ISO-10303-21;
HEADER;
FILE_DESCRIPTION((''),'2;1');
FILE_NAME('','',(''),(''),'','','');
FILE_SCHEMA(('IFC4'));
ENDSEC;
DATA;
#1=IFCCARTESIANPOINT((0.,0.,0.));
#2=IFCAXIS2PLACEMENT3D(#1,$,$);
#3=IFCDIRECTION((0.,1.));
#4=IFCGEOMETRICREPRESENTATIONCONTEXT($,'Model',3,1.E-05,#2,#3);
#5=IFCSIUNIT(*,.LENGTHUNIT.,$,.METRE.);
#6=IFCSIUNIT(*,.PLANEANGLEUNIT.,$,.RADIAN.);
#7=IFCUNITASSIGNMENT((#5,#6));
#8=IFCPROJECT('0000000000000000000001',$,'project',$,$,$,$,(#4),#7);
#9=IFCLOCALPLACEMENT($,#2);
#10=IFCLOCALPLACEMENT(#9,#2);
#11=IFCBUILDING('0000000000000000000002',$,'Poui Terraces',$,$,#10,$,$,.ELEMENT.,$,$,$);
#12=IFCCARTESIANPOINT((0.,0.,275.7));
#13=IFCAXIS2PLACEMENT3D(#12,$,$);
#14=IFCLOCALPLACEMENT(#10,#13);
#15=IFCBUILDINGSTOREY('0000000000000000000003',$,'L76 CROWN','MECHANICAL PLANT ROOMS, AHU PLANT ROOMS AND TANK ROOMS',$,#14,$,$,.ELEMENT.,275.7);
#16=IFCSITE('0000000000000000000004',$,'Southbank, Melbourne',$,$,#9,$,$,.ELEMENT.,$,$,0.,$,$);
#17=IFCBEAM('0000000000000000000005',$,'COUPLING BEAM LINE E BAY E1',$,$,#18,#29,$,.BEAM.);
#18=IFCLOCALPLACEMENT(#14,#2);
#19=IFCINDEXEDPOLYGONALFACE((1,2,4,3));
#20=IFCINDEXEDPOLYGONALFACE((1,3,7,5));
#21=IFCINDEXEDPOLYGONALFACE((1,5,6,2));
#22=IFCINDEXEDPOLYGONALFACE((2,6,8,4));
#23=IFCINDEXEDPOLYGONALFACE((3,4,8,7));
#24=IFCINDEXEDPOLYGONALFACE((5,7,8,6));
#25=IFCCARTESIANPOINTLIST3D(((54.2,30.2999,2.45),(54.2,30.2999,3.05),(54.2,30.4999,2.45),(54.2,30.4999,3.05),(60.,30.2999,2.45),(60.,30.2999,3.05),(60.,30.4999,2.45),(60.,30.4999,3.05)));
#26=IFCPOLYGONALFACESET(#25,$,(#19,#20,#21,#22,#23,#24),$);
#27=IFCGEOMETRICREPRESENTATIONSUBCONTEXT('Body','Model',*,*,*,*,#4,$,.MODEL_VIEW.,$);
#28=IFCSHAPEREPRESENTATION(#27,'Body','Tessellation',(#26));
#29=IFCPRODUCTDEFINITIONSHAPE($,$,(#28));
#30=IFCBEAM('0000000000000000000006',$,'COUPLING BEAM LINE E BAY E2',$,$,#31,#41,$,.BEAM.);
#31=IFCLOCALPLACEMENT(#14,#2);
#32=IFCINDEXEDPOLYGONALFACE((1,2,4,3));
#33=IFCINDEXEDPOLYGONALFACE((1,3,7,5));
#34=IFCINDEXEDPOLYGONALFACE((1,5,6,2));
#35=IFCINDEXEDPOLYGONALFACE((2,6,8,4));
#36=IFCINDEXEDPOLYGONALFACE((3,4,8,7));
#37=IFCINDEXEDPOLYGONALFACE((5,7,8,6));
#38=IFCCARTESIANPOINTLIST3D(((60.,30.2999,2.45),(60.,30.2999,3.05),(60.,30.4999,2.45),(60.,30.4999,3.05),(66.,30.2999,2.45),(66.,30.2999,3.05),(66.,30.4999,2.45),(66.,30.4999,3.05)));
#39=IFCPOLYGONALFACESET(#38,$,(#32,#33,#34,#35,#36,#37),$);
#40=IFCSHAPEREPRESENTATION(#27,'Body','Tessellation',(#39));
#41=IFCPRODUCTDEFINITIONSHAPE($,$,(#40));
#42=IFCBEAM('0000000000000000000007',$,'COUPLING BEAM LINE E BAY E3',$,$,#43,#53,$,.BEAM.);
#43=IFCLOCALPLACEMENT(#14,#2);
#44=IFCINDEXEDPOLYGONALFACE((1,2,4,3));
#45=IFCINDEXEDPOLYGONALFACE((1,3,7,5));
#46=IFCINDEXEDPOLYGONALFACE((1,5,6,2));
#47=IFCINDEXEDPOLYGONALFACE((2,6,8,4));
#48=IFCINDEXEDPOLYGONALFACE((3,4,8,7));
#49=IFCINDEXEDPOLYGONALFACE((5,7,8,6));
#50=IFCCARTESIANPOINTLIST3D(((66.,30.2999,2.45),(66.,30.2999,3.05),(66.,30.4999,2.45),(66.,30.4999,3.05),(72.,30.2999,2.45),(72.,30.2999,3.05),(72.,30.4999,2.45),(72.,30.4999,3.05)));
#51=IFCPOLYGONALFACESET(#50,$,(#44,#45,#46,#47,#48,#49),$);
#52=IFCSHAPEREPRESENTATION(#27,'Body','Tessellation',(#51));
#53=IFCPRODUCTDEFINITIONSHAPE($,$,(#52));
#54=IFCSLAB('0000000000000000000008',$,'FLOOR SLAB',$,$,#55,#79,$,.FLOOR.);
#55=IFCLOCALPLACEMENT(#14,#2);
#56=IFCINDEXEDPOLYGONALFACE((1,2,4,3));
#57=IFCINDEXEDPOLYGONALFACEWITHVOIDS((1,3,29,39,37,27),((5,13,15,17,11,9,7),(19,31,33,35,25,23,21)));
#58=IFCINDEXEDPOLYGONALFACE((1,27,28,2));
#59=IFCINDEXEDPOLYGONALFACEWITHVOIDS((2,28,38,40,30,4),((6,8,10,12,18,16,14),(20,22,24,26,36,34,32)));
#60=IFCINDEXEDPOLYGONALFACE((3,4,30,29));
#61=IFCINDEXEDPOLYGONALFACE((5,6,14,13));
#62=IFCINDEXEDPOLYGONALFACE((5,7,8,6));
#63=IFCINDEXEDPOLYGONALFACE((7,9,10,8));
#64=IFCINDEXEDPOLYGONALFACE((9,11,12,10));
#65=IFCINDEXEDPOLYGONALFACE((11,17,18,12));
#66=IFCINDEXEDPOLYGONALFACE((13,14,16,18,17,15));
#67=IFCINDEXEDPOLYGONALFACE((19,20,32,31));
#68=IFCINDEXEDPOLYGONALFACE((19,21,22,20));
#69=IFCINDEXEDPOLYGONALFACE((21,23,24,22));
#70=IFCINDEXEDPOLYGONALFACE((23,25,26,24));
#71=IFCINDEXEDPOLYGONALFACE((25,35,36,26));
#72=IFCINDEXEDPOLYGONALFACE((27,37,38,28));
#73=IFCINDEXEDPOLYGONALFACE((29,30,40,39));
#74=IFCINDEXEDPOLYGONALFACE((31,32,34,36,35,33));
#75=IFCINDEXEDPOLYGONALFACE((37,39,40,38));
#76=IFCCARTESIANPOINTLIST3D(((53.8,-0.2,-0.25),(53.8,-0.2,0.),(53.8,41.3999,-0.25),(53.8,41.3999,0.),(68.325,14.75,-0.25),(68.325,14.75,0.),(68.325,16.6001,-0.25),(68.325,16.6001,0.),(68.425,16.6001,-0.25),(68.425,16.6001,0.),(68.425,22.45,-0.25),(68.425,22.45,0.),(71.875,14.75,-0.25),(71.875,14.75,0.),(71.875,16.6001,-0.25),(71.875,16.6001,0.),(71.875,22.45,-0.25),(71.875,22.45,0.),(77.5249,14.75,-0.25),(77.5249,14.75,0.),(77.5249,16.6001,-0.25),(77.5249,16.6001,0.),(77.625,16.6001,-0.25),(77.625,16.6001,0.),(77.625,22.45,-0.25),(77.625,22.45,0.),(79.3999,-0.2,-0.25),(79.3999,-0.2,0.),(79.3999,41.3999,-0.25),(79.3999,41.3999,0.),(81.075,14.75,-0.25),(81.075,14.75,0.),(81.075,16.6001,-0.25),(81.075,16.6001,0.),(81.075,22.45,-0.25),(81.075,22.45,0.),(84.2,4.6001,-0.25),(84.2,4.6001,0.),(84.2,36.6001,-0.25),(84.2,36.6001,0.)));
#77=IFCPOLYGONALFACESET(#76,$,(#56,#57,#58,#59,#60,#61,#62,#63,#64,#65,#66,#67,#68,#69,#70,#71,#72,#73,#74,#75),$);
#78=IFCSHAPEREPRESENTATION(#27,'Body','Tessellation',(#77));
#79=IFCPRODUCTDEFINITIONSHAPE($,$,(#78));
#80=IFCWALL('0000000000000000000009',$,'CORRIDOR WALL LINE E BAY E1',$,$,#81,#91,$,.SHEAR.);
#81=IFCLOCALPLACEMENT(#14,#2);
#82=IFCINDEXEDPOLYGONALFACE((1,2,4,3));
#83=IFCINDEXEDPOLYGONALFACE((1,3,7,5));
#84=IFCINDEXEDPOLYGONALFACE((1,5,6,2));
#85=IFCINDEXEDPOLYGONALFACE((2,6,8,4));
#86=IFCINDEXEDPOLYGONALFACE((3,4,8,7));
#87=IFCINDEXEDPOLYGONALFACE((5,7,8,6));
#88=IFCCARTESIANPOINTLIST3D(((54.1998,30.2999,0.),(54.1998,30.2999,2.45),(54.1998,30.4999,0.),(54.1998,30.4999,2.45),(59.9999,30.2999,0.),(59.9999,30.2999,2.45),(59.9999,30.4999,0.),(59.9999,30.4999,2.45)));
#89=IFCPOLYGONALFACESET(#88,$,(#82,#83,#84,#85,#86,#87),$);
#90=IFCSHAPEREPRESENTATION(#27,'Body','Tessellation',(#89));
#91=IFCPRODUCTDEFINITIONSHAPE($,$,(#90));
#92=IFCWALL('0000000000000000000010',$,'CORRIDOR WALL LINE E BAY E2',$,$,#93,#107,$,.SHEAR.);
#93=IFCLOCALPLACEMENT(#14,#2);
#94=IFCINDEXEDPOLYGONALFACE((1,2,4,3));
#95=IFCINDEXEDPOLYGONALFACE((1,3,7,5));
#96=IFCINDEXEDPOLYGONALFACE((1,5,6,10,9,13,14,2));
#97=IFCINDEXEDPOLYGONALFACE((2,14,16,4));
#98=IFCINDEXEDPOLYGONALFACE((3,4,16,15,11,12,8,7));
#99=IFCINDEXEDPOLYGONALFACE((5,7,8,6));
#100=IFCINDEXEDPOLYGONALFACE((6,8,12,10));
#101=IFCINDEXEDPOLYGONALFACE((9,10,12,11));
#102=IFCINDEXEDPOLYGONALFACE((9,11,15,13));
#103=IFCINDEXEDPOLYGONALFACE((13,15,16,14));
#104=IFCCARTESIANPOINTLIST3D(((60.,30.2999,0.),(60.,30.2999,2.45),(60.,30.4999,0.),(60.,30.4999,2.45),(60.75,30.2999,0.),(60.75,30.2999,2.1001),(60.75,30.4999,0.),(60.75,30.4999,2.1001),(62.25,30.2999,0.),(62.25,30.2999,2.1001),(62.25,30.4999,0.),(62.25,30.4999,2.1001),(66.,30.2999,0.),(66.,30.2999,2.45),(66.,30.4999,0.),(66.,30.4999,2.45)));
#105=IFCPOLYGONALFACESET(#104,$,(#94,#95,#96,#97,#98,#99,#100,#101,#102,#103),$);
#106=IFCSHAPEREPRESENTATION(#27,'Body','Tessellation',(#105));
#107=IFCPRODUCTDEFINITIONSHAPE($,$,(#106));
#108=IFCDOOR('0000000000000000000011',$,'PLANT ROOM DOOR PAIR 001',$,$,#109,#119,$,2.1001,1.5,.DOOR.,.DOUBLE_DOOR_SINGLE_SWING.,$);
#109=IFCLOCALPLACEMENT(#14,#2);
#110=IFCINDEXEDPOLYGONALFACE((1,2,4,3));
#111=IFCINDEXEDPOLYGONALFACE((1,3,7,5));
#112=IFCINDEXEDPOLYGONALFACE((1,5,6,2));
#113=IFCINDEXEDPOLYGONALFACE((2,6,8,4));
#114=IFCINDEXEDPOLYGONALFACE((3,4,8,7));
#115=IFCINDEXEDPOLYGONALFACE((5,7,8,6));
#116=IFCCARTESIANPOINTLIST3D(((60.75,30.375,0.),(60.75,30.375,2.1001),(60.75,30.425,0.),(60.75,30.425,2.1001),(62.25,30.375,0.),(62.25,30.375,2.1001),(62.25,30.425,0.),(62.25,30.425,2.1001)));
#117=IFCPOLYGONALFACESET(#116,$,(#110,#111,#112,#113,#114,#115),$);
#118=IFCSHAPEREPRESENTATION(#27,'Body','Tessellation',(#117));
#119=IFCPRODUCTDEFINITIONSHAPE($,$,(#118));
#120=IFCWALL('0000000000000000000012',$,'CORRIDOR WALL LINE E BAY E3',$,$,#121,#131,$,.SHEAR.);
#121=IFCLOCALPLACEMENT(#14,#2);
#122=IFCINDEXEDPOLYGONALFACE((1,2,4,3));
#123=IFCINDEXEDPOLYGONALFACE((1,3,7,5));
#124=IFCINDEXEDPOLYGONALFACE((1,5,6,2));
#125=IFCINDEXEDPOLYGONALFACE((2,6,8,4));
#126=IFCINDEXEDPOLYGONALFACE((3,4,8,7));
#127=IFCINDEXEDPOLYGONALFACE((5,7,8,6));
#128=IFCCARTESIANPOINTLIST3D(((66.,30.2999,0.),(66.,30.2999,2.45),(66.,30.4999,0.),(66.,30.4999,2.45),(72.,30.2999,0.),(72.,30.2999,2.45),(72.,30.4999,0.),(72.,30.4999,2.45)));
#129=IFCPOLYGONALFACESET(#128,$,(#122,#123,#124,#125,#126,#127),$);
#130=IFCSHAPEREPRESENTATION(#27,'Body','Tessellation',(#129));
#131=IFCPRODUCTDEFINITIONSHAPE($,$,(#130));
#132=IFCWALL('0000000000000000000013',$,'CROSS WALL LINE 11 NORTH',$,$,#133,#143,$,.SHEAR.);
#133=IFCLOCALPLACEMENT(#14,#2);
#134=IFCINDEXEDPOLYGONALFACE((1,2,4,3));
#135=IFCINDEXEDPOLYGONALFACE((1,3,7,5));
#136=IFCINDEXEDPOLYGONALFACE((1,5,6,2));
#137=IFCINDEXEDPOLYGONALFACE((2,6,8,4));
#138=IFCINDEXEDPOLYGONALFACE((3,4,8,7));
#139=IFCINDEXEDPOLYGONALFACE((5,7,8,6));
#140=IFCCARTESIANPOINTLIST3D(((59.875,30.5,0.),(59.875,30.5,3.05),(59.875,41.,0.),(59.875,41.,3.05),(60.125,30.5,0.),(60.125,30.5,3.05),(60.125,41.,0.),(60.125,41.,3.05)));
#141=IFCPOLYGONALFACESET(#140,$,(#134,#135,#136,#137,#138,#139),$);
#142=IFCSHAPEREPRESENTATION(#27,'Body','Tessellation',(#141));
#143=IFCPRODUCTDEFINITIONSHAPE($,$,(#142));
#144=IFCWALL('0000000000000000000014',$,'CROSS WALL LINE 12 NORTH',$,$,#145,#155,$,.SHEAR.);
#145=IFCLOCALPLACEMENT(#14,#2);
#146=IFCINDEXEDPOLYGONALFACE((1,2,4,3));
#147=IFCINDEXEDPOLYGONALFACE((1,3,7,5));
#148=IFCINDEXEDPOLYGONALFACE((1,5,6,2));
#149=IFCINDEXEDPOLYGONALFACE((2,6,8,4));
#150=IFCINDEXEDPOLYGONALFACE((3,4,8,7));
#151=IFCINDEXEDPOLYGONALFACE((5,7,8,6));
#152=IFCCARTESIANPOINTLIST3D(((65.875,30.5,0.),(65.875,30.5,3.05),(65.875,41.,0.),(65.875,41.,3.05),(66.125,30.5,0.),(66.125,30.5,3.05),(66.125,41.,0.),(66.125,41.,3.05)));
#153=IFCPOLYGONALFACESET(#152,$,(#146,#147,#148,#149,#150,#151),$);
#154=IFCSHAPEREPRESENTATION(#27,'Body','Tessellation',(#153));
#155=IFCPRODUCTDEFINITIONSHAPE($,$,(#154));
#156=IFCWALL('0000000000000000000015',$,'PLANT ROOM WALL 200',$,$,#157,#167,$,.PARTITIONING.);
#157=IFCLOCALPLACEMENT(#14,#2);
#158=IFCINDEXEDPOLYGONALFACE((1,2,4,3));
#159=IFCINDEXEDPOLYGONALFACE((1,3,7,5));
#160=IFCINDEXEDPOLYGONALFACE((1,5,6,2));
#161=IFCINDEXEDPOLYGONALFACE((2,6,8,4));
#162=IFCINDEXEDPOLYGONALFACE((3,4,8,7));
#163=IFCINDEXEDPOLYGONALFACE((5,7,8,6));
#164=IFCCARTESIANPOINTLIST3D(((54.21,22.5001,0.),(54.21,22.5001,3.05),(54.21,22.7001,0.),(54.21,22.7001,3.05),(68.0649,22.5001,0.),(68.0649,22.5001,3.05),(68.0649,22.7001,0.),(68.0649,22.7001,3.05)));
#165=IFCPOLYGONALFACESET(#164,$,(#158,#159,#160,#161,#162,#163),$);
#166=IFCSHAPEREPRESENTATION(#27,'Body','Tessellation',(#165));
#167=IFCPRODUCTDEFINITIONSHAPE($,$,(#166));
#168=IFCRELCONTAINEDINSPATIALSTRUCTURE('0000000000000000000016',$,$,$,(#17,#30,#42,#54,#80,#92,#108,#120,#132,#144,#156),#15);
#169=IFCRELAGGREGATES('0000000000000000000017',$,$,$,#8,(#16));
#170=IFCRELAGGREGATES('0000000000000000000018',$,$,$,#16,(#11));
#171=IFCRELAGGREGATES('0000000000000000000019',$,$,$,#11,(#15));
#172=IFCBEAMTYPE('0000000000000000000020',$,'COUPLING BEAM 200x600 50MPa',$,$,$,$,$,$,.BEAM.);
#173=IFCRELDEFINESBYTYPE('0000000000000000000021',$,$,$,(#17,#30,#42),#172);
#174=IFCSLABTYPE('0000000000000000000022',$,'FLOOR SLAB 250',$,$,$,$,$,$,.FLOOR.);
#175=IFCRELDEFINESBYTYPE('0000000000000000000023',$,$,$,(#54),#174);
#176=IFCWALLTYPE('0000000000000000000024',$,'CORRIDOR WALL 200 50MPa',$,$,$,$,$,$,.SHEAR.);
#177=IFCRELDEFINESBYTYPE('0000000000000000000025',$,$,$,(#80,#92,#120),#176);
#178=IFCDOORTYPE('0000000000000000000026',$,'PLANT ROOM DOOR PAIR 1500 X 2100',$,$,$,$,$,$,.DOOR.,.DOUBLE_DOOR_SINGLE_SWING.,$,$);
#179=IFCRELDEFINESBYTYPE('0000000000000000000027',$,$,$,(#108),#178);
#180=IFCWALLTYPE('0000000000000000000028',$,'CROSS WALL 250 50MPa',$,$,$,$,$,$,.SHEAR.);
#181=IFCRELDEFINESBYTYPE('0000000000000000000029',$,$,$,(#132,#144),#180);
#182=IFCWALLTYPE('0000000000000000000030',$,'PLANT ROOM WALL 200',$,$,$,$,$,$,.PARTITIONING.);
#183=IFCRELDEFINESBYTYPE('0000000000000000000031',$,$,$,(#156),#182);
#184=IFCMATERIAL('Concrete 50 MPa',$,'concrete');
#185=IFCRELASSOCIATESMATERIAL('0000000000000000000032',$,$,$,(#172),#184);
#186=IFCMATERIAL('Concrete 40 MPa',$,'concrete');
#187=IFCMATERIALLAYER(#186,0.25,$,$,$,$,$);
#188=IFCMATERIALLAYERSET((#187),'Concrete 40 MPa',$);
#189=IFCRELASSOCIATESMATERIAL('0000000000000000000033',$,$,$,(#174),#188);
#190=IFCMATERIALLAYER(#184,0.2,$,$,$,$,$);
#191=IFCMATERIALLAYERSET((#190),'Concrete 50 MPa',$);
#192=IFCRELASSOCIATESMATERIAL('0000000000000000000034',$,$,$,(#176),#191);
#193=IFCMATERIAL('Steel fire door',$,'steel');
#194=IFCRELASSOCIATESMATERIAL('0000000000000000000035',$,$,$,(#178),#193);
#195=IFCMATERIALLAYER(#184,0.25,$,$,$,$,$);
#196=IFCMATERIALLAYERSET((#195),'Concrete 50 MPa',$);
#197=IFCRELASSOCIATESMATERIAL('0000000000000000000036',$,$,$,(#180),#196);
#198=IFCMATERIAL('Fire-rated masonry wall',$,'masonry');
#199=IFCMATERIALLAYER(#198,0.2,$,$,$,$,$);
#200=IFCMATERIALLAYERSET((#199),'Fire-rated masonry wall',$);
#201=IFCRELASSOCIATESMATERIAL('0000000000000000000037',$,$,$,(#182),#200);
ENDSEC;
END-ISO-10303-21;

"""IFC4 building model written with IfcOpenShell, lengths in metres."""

from ifc_helpers import new_model, si_unit, direction, frame, frame_2d, origin, origin_2d, place, context, subcontext, project, spatial, polyline, rectangle, outline, extrude, source, transform, mapped, material, layer, layer_set, material_profile, profile_set, type_object, element, fill, save


model = new_model("IFC4")

# Units and contexts
model_context = context("Model", 3, precision=1e-05, world=origin(), true_north=direction((0.0, 1.0)))
body_context = subcontext(model_context, "Body", "Model", "MODEL_VIEW")
ifc_project = project(units=[si_unit("LENGTHUNIT", "METRE"), si_unit("PLANEANGLEUNIT", "RADIAN")], contexts=[model_context])

# Site, building, storey
site_placement = place(None, origin())
site = spatial("IfcSite", under=ifc_project, at=site_placement, Name="Southbank, Melbourne", CompositionType="ELEMENT", RefElevation=0.0)
building_placement = place(site_placement, origin())
building = spatial("IfcBuilding", under=site, at=building_placement, Name="Poui Terraces", CompositionType="ELEMENT")
storey_placement = place(building_placement, frame((0.0, 0.0, 275.7)))
storey = spatial("IfcBuildingStorey", under=building, at=storey_placement, Name="L76 CROWN", Description="MECHANICAL PLANT ROOMS, AHU PLANT ROOMS AND TANK ROOMS", CompositionType="ELEMENT", Elevation=275.7)

# Beams
ifc_material_1 = material(Name="Concrete 50 MPa", Category="concrete")
ifc_material_profile_1 = material_profile(ifc_material_1, rectangle(XDim=0.2, YDim=0.6001, at=origin_2d()), Name="RC 200x600")
ifc_profile_set_1 = profile_set([ifc_material_profile_1], Name="Concrete 50 MPa")
beam_type = type_object("IfcBeamType", Name="COUPLING BEAM 200x600 50MPa", PredefinedType="BEAM", material=ifc_profile_set_1)
shared_shape_1 = source(origin(), body_context, "Body", "SweptSolid", [
    extrude(rectangle(XDim=0.2, YDim=0.6001, at=origin_2d()), origin(), (0.0, 0.0, 1.0), 5.8),
])
beam_placement = place(storey_placement, frame((54.2, 30.3999, 2.75), z_axis=(1.0, 0.0, 0.0), x_axis=(0.0, 1.0, 0.0)))
element("IfcBeam", 1, at=beam_placement, inside=storey, type_object=beam_type, Name="COUPLING BEAM LINE E BAY E1", PredefinedType="BEAM", context=body_context, shape_type="MappedRepresentation", body=[
    mapped(shared_shape_1, transform((0.0, 0.0, 0.0))),
])
shared_shape_2 = source(origin(), body_context, "Body", "SweptSolid", [
    extrude(rectangle(XDim=0.2, YDim=0.6001, at=origin_2d()), origin(), (0.0, 0.0, 1.0), 6.0),
])
for number, where, z_axis, x_axis, name in (
    (2, (60.0, 30.3999, 2.75), (1.0, 0.0, 0.0), (0.0, 1.0, 0.0), "COUPLING BEAM LINE E BAY E2"),
    (3, (66.0, 30.3999, 2.75), (1.0, 0.0, 0.0), (0.0, 1.0, 0.0), "COUPLING BEAM LINE E BAY E3"),
):
    element("IfcBeam", number, at=place(storey_placement, frame(where, z_axis=z_axis, x_axis=x_axis)), inside=storey, type_object=beam_type, Name=name, PredefinedType="BEAM", context=body_context, shape_type="MappedRepresentation", body=[
        mapped(shared_shape_2, transform((0.0, 0.0, 0.0))),
    ])

# Slab
ifc_material_2 = material(Name="Concrete 40 MPa", Category="concrete")
ifc_layer_1 = layer(ifc_material_2, 0.25)
ifc_layer_set_1 = layer_set([ifc_layer_1], Name="Concrete 40 MPa")
slab_type = type_object("IfcSlabType", Name="FLOOR SLAB 250", PredefinedType="FLOOR", material=ifc_layer_set_1)
shared_shape_3 = source(origin(), body_context, "Body", "SweptSolid", [
    extrude(outline(polyline([(0.0, 0.0), (0.0, -41.5999), (25.5999, -41.5999), (30.3999, -36.7998), (30.3999, -4.7998), (25.5999, 0.0), (0.0, 0.0)]), holes=[polyline([(14.5249, -24.7998), (14.625, -24.7998), (14.625, -18.95), (18.075, -18.95), (18.075, -24.7998), (18.075, -26.6499), (14.5249, -26.6499), (14.5249, -24.7998)]), polyline([(23.825, -24.7998), (23.825, -18.95), (27.2749, -18.95), (27.2749, -24.7998), (27.2749, -26.6499), (23.7249, -26.6499), (23.7249, -24.7998), (23.825, -24.7998)])]), origin(), (0.0, 0.0, 1.0), 0.25),
])
slab_placement = place(storey_placement, frame((53.8, 41.3999, -0.25)))
element("IfcSlab", 4, at=slab_placement, inside=storey, type_object=slab_type, Name="FLOOR SLAB", PredefinedType="FLOOR", context=body_context, shape_type="MappedRepresentation", body=[
    mapped(shared_shape_3, transform((0.0, 0.0, 0.0))),
])

# Wall
ifc_layer_2 = layer(ifc_material_1, 0.2)
ifc_layer_set_2 = layer_set([ifc_layer_2], Name="Concrete 50 MPa")
wall_type_1 = type_object("IfcWallType", Name="CORRIDOR WALL 200 50MPa", PredefinedType="SHEAR", material=ifc_layer_set_2)
wall_1_placement = place(storey_placement, frame((54.2, 30.3999, 0.0), z_axis=(0.0, 0.0, 1.0), x_axis=(1.0, 0.0, 0.0)))
element("IfcWall", 5, at=wall_1_placement, inside=storey, type_object=wall_type_1, Name="CORRIDOR WALL LINE E BAY E1", PredefinedType="SHEAR", context=body_context, shape_type="SweptSolid", body=[
    extrude(rectangle(XDim=5.8, YDim=0.2, at=frame_2d((2.8999, 0.0))), origin(), (0.0, 0.0, 1.0), 2.45),
])

# Wall, opening, door
wall_2_placement = place(storey_placement, frame((60.0, 30.3999, 0.0), z_axis=(0.0, 0.0, 1.0), x_axis=(1.0, 0.0, 0.0)))
wall_2 = element("IfcWall", 6, at=wall_2_placement, inside=storey, type_object=wall_type_1, Name="CORRIDOR WALL LINE E BAY E2", PredefinedType="SHEAR", context=body_context, shape_type="SweptSolid", body=[
    extrude(rectangle(XDim=6.0, YDim=0.2, at=frame_2d((3.0, 0.0))), origin(), (0.0, 0.0, 1.0), 2.45),
])
opening_1_placement = place(wall_2_placement, frame((0.75, 0.0, 0.0)))
opening_1 = element("IfcOpeningElement", 7, at=opening_1_placement, cuts=wall_2, PredefinedType="OPENING", context=body_context, shape_type="SweptSolid", body=[
    extrude(rectangle(XDim=1.5, YDim=2.1001, at=frame_2d((0.75, 1.05))), frame((0.0, 0.1099, 0.0), z_axis=(0.0, -1.0, 0.0), x_axis=(1.0, 0.0, 0.0)), (0.0, 0.0, 1.0), 0.22),
])
ifc_material_3 = material(Name="Steel fire door", Category="steel")
door_type = type_object("IfcDoorType", Name="PLANT ROOM DOOR PAIR 1500 X 2100", OperationType="DOUBLE_DOOR_SINGLE_SWING", PredefinedType="DOOR", material=ifc_material_3)
door_1_placement = place(opening_1_placement, frame((1.5, 0.0, 0.0), z_axis=(0.0, 0.0, 1.0), x_axis=(-1.0, 0.0, 0.0)))
door_1 = element("IfcDoor", 8, at=door_1_placement, inside=storey, type_object=door_type, Name="PLANT ROOM DOOR PAIR 001", OperationType="DOUBLE_DOOR_SINGLE_SWING", OverallHeight=2.1001, OverallWidth=1.5, PredefinedType="DOOR", context=body_context, shape_type="SweptSolid", body=[
    extrude(rectangle(XDim=1.5, YDim=2.1001, at=frame_2d((0.75, 1.05))), frame((0.0, 0.0249, 0.0), z_axis=(0.0, -1.0, 0.0), x_axis=(1.0, 0.0, 0.0)), (0.0, 0.0, 1.0), 0.05),
])
fill(opening_1, door_1)

# Walls
wall_3_placement = place(storey_placement, frame((66.0, 30.3999, 0.0), z_axis=(0.0, 0.0, 1.0), x_axis=(1.0, 0.0, 0.0)))
element("IfcWall", 9, at=wall_3_placement, inside=storey, type_object=wall_type_1, Name="CORRIDOR WALL LINE E BAY E3", PredefinedType="SHEAR", context=body_context, shape_type="SweptSolid", body=[
    extrude(rectangle(XDim=6.0, YDim=0.2, at=frame_2d((3.0, 0.0))), origin(), (0.0, 0.0, 1.0), 2.45),
])
ifc_layer_3 = layer(ifc_material_1, 0.25)
ifc_layer_set_3 = layer_set([ifc_layer_3], Name="Concrete 50 MPa")
wall_type_2 = type_object("IfcWallType", Name="CROSS WALL 250 50MPa", PredefinedType="SHEAR", material=ifc_layer_set_3)
for number, where, z_axis, x_axis, name in (
    (10, (60.0, 30.5, 0.0), (0.0, 0.0, 1.0), (0.0, 1.0, 0.0), "CROSS WALL LINE 11 NORTH"),
    (11, (66.0, 30.5, 0.0), (0.0, 0.0, 1.0), (0.0, 1.0, 0.0), "CROSS WALL LINE 12 NORTH"),
):
    element("IfcWall", number, at=place(storey_placement, frame(where, z_axis=z_axis, x_axis=x_axis)), inside=storey, type_object=wall_type_2, Name=name, PredefinedType="SHEAR", context=body_context, shape_type="SweptSolid", body=[
        extrude(rectangle(XDim=10.5, YDim=0.25, at=frame_2d((5.25, 0.0))), origin(), (0.0, 0.0, 1.0), 3.05),
    ])
ifc_material_4 = material(Name="Fire-rated masonry wall", Category="masonry")
ifc_layer_4 = layer(ifc_material_4, 0.2)
ifc_layer_set_4 = layer_set([ifc_layer_4], Name="Fire-rated masonry wall")
wall_type_3 = type_object("IfcWallType", Name="PLANT ROOM WALL 200", PredefinedType="PARTITIONING", material=ifc_layer_set_4)
wall_4_placement = place(storey_placement, frame((54.21, 22.6001, 0.0), z_axis=(0.0, 0.0, 1.0), x_axis=(1.0, 0.0, 0.0)))
element("IfcWall", 12, at=wall_4_placement, inside=storey, type_object=wall_type_3, Name="PLANT ROOM WALL 200", PredefinedType="PARTITIONING", context=body_context, shape_type="SweptSolid", body=[
    extrude(rectangle(XDim=13.855, YDim=0.2, at=frame_2d((6.9275, 0.0))), origin(), (0.0, 0.0, 1.0), 3.05),
])

save(model, "model.ifc")
